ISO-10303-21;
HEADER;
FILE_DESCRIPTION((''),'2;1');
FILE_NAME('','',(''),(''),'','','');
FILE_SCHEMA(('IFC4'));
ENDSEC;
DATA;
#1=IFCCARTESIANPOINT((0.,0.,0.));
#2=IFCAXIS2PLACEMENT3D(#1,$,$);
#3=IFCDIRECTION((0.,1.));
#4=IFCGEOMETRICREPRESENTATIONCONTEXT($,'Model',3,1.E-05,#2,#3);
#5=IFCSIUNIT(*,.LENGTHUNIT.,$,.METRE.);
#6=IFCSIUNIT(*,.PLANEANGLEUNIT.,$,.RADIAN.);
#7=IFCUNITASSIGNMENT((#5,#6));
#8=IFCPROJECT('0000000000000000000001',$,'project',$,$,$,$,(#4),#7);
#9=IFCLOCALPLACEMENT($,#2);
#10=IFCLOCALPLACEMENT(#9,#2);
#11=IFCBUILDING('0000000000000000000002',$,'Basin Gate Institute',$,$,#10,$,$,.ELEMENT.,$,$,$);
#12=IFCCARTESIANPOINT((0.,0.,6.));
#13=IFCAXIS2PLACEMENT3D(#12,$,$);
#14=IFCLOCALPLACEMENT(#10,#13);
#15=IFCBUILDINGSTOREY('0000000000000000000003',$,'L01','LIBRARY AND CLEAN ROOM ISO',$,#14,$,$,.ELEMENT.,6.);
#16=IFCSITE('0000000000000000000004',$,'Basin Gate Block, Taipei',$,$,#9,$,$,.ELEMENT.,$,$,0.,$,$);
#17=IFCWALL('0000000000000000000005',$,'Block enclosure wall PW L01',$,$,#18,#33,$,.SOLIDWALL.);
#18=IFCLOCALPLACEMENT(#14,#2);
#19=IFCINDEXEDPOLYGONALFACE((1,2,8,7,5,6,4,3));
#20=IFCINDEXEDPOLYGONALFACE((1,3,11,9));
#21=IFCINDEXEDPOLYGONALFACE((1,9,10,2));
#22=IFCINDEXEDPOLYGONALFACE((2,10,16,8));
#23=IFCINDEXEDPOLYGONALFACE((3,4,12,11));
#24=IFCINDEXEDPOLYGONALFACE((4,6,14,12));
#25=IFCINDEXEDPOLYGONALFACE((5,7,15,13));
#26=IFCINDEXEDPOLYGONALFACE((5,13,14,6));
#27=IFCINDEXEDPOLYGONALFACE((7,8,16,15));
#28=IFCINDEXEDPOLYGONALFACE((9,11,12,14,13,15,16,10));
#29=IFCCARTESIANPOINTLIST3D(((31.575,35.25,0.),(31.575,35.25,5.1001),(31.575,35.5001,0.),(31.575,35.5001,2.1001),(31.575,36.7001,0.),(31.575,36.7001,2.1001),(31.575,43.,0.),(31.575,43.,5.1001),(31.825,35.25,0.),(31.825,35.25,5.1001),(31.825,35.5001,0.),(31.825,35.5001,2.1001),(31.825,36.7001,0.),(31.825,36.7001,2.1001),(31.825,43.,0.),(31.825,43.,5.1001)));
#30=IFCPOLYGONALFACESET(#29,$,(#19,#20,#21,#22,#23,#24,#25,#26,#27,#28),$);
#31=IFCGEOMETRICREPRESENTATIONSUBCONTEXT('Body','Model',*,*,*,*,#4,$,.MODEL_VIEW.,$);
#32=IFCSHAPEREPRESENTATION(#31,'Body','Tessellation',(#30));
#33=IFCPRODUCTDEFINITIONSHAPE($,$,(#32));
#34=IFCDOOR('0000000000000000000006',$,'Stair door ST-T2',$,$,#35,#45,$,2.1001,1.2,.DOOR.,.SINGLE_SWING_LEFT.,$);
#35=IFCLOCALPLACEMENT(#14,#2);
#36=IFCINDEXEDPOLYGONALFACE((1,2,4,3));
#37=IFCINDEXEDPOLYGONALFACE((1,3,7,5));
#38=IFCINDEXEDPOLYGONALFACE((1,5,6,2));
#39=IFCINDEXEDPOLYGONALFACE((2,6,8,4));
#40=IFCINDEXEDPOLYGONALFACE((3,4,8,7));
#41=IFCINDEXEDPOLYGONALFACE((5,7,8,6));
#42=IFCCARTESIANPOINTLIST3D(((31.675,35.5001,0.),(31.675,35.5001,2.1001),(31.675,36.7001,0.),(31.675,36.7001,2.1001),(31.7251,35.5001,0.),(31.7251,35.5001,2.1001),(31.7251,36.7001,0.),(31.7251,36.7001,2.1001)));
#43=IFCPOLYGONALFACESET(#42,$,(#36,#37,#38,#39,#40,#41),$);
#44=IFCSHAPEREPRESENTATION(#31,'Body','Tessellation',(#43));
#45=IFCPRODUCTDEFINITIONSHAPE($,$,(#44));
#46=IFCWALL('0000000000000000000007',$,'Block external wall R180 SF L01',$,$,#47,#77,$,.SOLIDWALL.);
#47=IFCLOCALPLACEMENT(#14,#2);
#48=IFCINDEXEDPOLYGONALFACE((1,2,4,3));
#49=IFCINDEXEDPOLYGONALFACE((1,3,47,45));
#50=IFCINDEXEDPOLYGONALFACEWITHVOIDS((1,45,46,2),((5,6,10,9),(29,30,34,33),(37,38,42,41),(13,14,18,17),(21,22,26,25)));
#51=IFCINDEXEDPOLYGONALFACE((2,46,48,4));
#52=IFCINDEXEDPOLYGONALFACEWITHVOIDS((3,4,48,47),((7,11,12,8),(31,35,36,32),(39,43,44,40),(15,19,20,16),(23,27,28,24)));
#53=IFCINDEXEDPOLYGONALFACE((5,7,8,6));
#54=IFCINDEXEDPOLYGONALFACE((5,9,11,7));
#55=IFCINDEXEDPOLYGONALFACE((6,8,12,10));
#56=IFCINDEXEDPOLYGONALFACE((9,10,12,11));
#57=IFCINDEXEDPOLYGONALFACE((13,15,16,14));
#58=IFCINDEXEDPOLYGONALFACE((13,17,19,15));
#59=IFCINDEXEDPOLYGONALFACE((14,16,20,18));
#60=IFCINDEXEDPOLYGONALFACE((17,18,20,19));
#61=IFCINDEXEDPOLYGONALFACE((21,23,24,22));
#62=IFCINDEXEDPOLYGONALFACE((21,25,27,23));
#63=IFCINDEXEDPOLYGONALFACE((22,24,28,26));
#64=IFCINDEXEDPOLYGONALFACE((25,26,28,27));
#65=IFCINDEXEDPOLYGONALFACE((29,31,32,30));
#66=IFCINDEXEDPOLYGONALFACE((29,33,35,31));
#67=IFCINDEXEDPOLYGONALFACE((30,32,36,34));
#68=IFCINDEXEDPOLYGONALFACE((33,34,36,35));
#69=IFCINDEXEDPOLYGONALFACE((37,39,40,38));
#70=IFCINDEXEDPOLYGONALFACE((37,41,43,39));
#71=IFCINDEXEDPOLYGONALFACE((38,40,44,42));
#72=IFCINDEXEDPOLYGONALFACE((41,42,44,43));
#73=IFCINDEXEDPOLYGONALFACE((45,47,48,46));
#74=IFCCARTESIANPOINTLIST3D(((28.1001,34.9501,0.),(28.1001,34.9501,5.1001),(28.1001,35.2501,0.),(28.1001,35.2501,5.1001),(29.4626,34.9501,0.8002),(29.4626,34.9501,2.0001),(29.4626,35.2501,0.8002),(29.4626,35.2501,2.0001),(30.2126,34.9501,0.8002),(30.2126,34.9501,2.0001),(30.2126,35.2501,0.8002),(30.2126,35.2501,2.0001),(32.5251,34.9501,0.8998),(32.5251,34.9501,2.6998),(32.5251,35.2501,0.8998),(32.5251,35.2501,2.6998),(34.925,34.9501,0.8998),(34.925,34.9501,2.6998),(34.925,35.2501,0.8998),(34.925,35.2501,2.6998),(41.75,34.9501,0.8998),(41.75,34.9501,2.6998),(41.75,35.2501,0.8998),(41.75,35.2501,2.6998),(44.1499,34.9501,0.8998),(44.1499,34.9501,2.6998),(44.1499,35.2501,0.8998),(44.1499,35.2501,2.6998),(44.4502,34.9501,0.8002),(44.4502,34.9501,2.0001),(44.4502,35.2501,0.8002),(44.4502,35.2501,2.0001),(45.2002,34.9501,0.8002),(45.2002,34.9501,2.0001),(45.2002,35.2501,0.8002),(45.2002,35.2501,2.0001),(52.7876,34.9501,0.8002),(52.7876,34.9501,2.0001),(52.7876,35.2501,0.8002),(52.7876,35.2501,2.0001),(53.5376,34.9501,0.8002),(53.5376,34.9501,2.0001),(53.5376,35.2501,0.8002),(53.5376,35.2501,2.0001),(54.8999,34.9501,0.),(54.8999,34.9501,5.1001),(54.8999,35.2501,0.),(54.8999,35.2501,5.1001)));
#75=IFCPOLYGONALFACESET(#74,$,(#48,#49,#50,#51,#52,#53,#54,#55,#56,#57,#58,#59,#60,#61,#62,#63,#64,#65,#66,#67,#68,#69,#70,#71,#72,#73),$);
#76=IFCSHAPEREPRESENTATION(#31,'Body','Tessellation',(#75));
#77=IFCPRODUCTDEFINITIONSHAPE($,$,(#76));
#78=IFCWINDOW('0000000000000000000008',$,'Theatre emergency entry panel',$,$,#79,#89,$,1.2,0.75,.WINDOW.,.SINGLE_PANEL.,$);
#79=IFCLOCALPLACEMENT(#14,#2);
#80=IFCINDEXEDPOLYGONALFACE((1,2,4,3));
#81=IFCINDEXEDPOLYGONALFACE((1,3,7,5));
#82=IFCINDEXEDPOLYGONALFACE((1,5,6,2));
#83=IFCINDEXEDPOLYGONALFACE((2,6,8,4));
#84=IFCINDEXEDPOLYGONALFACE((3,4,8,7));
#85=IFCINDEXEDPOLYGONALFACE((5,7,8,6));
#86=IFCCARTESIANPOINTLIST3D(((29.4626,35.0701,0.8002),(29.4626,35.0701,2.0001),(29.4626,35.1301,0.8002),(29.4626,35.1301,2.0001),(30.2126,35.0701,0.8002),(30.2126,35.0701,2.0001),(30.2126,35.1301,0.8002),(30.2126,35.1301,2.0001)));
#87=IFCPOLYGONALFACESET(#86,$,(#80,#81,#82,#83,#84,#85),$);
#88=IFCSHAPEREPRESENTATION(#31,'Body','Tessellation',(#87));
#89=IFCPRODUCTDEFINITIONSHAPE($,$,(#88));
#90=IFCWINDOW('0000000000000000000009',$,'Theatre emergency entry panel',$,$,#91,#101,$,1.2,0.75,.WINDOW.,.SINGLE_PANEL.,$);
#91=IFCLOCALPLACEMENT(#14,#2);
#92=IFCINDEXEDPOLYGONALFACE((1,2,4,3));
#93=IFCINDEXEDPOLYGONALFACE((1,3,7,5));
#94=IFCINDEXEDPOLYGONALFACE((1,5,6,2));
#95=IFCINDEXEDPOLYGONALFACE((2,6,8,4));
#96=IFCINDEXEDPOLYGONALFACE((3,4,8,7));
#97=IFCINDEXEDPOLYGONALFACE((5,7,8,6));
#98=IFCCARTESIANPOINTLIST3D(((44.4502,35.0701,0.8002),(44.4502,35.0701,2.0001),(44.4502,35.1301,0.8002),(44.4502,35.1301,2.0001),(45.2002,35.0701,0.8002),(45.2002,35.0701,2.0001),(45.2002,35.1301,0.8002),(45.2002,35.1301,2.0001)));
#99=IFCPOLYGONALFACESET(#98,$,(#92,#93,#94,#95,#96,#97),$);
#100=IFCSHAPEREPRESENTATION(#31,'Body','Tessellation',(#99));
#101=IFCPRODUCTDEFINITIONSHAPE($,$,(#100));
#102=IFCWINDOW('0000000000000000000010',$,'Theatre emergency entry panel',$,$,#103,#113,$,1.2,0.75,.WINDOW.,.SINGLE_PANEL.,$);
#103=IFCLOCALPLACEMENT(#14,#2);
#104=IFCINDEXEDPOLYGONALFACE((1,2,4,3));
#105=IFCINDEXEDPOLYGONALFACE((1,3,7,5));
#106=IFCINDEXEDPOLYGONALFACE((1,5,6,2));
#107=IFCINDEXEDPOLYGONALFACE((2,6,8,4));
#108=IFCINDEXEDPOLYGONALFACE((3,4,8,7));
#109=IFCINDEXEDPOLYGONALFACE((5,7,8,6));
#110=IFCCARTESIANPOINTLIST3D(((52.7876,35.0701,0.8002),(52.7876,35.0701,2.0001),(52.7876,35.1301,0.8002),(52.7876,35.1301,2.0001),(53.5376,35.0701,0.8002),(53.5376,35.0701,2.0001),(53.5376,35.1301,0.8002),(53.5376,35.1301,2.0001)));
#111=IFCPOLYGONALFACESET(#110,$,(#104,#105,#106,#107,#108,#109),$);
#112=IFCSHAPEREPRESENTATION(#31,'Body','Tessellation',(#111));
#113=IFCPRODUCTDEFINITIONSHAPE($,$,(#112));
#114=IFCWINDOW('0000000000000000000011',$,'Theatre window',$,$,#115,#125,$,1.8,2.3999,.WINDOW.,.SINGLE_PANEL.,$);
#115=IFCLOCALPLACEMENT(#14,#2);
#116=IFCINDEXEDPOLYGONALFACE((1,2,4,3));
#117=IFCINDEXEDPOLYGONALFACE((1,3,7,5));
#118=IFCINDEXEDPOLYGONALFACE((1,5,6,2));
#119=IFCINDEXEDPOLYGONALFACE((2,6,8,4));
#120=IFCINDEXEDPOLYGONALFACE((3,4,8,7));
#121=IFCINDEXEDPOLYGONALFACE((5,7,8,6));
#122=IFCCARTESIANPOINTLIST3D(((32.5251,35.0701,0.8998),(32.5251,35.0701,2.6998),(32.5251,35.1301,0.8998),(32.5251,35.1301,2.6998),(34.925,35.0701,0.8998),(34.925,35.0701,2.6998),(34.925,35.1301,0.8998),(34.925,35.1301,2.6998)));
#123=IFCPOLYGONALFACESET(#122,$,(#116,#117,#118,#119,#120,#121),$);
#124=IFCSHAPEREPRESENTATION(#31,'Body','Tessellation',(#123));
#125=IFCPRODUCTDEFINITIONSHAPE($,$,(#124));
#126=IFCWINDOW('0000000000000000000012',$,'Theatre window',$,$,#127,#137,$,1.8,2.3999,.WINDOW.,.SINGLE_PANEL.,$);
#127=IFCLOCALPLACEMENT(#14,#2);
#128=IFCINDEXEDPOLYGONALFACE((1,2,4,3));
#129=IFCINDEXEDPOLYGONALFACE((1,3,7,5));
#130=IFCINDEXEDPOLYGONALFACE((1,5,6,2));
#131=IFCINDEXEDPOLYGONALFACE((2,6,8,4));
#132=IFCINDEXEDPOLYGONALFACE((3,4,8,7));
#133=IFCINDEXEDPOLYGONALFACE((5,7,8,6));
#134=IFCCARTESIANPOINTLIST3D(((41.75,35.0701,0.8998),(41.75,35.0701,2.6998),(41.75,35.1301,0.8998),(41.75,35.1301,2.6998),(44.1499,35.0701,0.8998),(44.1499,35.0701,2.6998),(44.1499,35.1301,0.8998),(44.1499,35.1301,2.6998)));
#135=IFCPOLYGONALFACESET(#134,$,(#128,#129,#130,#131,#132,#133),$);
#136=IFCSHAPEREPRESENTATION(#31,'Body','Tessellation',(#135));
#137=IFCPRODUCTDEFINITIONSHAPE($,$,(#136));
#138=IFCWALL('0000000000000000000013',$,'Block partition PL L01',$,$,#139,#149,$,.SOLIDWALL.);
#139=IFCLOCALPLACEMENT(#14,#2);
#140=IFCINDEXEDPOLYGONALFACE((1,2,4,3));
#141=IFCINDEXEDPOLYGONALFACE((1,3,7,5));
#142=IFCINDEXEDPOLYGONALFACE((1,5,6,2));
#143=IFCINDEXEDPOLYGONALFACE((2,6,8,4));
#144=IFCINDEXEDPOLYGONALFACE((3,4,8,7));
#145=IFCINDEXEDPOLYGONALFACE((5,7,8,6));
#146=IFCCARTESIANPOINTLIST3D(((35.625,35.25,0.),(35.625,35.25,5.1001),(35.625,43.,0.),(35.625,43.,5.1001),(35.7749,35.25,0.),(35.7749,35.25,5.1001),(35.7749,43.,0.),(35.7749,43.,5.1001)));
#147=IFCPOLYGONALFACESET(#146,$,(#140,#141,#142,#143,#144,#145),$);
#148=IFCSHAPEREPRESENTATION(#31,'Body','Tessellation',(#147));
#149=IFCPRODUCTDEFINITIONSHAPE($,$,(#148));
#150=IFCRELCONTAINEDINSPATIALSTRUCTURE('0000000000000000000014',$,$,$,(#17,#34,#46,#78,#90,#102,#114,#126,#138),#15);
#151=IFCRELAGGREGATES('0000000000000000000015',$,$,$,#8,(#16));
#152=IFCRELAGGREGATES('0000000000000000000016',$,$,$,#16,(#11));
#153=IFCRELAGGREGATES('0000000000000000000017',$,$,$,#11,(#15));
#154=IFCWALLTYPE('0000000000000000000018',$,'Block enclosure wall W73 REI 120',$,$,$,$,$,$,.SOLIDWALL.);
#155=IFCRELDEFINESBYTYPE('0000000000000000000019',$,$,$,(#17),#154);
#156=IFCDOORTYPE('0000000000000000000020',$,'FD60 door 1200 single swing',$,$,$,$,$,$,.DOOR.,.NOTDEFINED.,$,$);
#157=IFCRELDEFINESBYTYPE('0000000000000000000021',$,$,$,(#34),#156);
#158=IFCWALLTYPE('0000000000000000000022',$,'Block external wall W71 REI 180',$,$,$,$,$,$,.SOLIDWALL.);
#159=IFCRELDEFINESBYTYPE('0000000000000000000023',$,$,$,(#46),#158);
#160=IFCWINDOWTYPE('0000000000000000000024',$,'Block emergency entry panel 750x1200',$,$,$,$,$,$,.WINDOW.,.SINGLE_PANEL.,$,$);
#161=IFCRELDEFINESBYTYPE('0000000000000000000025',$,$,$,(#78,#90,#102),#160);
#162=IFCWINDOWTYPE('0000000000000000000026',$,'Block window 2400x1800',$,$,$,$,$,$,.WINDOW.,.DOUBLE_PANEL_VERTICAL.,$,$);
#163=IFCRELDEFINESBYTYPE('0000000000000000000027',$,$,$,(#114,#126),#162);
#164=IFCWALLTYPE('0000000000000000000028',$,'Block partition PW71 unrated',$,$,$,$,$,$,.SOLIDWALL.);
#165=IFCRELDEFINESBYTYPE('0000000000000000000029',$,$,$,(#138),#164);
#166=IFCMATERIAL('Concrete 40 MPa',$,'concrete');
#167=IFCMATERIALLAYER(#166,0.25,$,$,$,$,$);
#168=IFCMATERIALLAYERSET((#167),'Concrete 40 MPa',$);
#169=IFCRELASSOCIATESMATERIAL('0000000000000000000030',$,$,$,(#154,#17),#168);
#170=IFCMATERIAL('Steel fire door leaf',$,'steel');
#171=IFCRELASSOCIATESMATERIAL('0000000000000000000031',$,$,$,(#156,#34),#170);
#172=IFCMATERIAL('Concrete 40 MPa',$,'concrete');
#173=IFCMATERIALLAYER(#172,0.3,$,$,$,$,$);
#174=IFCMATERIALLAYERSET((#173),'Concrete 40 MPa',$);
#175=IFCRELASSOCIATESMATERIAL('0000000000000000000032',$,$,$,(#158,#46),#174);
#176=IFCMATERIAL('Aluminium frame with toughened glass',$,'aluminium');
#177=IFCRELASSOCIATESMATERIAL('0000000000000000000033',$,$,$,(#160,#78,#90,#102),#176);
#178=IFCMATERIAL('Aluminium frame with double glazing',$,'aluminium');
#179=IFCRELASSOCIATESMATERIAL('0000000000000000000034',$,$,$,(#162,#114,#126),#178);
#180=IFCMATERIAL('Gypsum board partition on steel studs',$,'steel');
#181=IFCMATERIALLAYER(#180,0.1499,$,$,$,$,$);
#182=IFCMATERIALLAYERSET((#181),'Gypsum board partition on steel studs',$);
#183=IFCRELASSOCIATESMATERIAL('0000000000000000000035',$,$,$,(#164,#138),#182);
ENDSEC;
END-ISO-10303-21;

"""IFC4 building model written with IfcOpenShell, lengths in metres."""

from ifc_helpers import new_model, si_unit, direction, frame, frame_2d, origin, place, context, subcontext, project, spatial, rectangle, extrude, material, layer, layer_set, type_object, element, fill, save


model = new_model("IFC4")

# Units and contexts
model_context = context("Model", 3, precision=1e-05, world=origin(), true_north=direction((0.0, 1.0)))
body_context = subcontext(model_context, "Body", "Model", "MODEL_VIEW")
ifc_project = project(units=[si_unit("LENGTHUNIT", "METRE"), si_unit("PLANEANGLEUNIT", "RADIAN")], contexts=[model_context])

# Site, building, storey
site_placement = place(None, origin())
site = spatial("IfcSite", under=ifc_project, at=site_placement, Name="Basin Gate Block, Taipei", CompositionType="ELEMENT", RefElevation=0.0)
building_placement = place(site_placement, origin())
building = spatial("IfcBuilding", under=site, at=building_placement, Name="Basin Gate Institute", CompositionType="ELEMENT")
storey_placement = place(building_placement, frame((0.0, 0.0, 6.0)))
storey = spatial("IfcBuildingStorey", under=building, at=storey_placement, Name="L01", Description="LIBRARY AND CLEAN ROOM ISO", CompositionType="ELEMENT", Elevation=6.0)

# Wall, opening, door
ifc_material_1 = material(Name="Concrete 40 MPa", Category="concrete")
ifc_layer_1 = layer(ifc_material_1, 0.25)
ifc_layer_set_1 = layer_set([ifc_layer_1], Name="Concrete 40 MPa")
wall_type_1 = type_object("IfcWallType", Name="Block enclosure wall W73 REI 120", PredefinedType="SOLIDWALL", material=ifc_layer_set_1)
wall_1_placement = place(storey_placement, frame((31.7, 35.25, 0.0), z_axis=(0.0, 0.0, 1.0), x_axis=(0.0, 1.0, 0.0)))
wall_1 = element("IfcWall", 1, at=wall_1_placement, inside=storey, type_object=wall_type_1, material=ifc_layer_set_1, Name="Block enclosure wall PW L01", PredefinedType="SOLIDWALL", context=body_context, shape_type="SweptSolid", body=[
    extrude(rectangle(XDim=7.75, YDim=0.25, at=frame_2d((3.875, 0.0))), origin(), (0.0, 0.0, 1.0), 5.1001),
])
opening_1_placement = place(wall_1_placement, frame((0.25, 0.0, 0.0)))
opening_1 = element("IfcOpeningElement", 2, at=opening_1_placement, cuts=wall_1, PredefinedType="OPENING", context=body_context, shape_type="SweptSolid", body=[
    extrude(rectangle(XDim=1.2, YDim=2.1001, at=frame_2d((0.6001, 1.05))), frame((0.0, 0.135, 0.0), z_axis=(0.0, -1.0, 0.0), x_axis=(1.0, 0.0, 0.0)), (0.0, 0.0, 1.0), 0.27),
])
ifc_material_2 = material(Name="Steel fire door leaf", Category="steel")
door_type = type_object("IfcDoorType", Name="FD60 door 1200 single swing", OperationType="NOTDEFINED", PredefinedType="DOOR", material=ifc_material_2)
door_placement = place(opening_1_placement, origin())
door = element("IfcDoor", 3, at=door_placement, inside=storey, type_object=door_type, material=ifc_material_2, Name="Stair door ST-T2", OperationType="SINGLE_SWING_LEFT", OverallHeight=2.1001, OverallWidth=1.2, PredefinedType="DOOR", context=body_context, shape_type="SweptSolid", body=[
    extrude(rectangle(XDim=1.2, YDim=2.1001, at=frame_2d((0.6001, 1.05))), frame((0.0, 0.0249, 0.0), z_axis=(0.0, -1.0, 0.0), x_axis=(1.0, 0.0, 0.0)), (0.0, 0.0, 1.0), 0.05),
])
fill(opening_1, door)

# Wall, openings, windows
ifc_material_3 = material(Name="Concrete 40 MPa", Category="concrete")
ifc_layer_2 = layer(ifc_material_3, 0.3)
ifc_layer_set_2 = layer_set([ifc_layer_2], Name="Concrete 40 MPa")
wall_type_2 = type_object("IfcWallType", Name="Block external wall W71 REI 180", PredefinedType="SOLIDWALL", material=ifc_layer_set_2)
wall_2_placement = place(storey_placement, frame((28.1001, 35.1001, 0.0), z_axis=(0.0, 0.0, 1.0), x_axis=(1.0, 0.0, 0.0)))
wall_2 = element("IfcWall", 4, at=wall_2_placement, inside=storey, type_object=wall_type_2, material=ifc_layer_set_2, Name="Block external wall R180 SF L01", PredefinedType="SOLIDWALL", context=body_context, shape_type="SweptSolid", body=[
    extrude(rectangle(XDim=26.7998, YDim=0.3, at=frame_2d((13.3999, 0.0))), origin(), (0.0, 0.0, 1.0), 5.1001),
])
opening_2_placement = place(wall_2_placement, frame((1.3625, 0.0, 0.8)))
opening_2 = element("IfcOpeningElement", 5, at=opening_2_placement, cuts=wall_2, PredefinedType="OPENING", context=body_context, shape_type="SweptSolid", body=[
    extrude(rectangle(XDim=0.75, YDim=1.2, at=frame_2d((0.375, 0.6001))), frame((0.0, 0.1602, 0.0), z_axis=(0.0, -1.0, 0.0), x_axis=(1.0, 0.0, 0.0)), (0.0, 0.0, 1.0), 0.3201),
])
opening_3_placement = place(wall_2_placement, frame((4.425, 0.0, 0.8999)))
opening_3 = element("IfcOpeningElement", 6, at=opening_3_placement, cuts=wall_2, PredefinedType="OPENING", context=body_context, shape_type="SweptSolid", body=[
    extrude(rectangle(XDim=2.3999, YDim=1.8, at=frame_2d((1.2, 0.8999))), frame((0.0, 0.1602, 0.0), z_axis=(0.0, -1.0, 0.0), x_axis=(1.0, 0.0, 0.0)), (0.0, 0.0, 1.0), 0.3201),
])
opening_4_placement = place(wall_2_placement, frame((13.6499, 0.0, 0.8999)))
opening_4 = element("IfcOpeningElement", 7, at=opening_4_placement, cuts=wall_2, PredefinedType="OPENING", context=body_context, shape_type="SweptSolid", body=[
    extrude(rectangle(XDim=2.3999, YDim=1.8, at=frame_2d((1.2, 0.8999))), frame((0.0, 0.1602, 0.0), z_axis=(0.0, -1.0, 0.0), x_axis=(1.0, 0.0, 0.0)), (0.0, 0.0, 1.0), 0.3201),
])
opening_5_placement = place(wall_2_placement, frame((16.3501, 0.0, 0.8)))
opening_5 = element("IfcOpeningElement", 8, at=opening_5_placement, cuts=wall_2, PredefinedType="OPENING", context=body_context, shape_type="SweptSolid", body=[
    extrude(rectangle(XDim=0.75, YDim=1.2, at=frame_2d((0.375, 0.6001))), frame((0.0, 0.1602, 0.0), z_axis=(0.0, -1.0, 0.0), x_axis=(1.0, 0.0, 0.0)), (0.0, 0.0, 1.0), 0.3201),
])
opening_6_placement = place(wall_2_placement, frame((24.6875, 0.0, 0.8)))
opening_6 = element("IfcOpeningElement", 9, at=opening_6_placement, cuts=wall_2, PredefinedType="OPENING", context=body_context, shape_type="SweptSolid", body=[
    extrude(rectangle(XDim=0.75, YDim=1.2, at=frame_2d((0.375, 0.6001))), frame((0.0, 0.1602, 0.0), z_axis=(0.0, -1.0, 0.0), x_axis=(1.0, 0.0, 0.0)), (0.0, 0.0, 1.0), 0.3201),
])
ifc_material_4 = material(Name="Aluminium frame with toughened glass", Category="aluminium")
window_type_1 = type_object("IfcWindowType", Name="Block emergency entry panel 750x1200", PartitioningType="SINGLE_PANEL", PredefinedType="WINDOW", material=ifc_material_4)
window_1_placement = place(opening_2_placement, origin())
window_1 = element("IfcWindow", 10, at=window_1_placement, inside=storey, type_object=window_type_1, material=ifc_material_4, Name="Theatre emergency entry panel", OverallHeight=1.2, OverallWidth=0.75, PartitioningType="SINGLE_PANEL", PredefinedType="WINDOW", context=body_context, shape_type="SweptSolid", body=[
    extrude(rectangle(XDim=0.75, YDim=1.2, at=frame_2d((0.375, 0.6001))), frame((0.0, 0.03, 0.0), z_axis=(0.0, -1.0, 0.0), x_axis=(1.0, 0.0, 0.0)), (0.0, 0.0, 1.0), 0.0601),
])
fill(opening_2, window_1)
window_2_placement = place(opening_5_placement, origin())
window_2 = element("IfcWindow", 11, at=window_2_placement, inside=storey, type_object=window_type_1, material=ifc_material_4, Name="Theatre emergency entry panel", OverallHeight=1.2, OverallWidth=0.75, PartitioningType="SINGLE_PANEL", PredefinedType="WINDOW", context=body_context, shape_type="SweptSolid", body=[
    extrude(rectangle(XDim=0.75, YDim=1.2, at=frame_2d((0.375, 0.6001))), frame((0.0, 0.03, 0.0), z_axis=(0.0, -1.0, 0.0), x_axis=(1.0, 0.0, 0.0)), (0.0, 0.0, 1.0), 0.0601),
])
fill(opening_5, window_2)
window_3_placement = place(opening_6_placement, origin())
window_3 = element("IfcWindow", 12, at=window_3_placement, inside=storey, type_object=window_type_1, material=ifc_material_4, Name="Theatre emergency entry panel", OverallHeight=1.2, OverallWidth=0.75, PartitioningType="SINGLE_PANEL", PredefinedType="WINDOW", context=body_context, shape_type="SweptSolid", body=[
    extrude(rectangle(XDim=0.75, YDim=1.2, at=frame_2d((0.375, 0.6001))), frame((0.0, 0.03, 0.0), z_axis=(0.0, -1.0, 0.0), x_axis=(1.0, 0.0, 0.0)), (0.0, 0.0, 1.0), 0.0601),
])
fill(opening_6, window_3)
ifc_material_5 = material(Name="Aluminium frame with double glazing", Category="aluminium")
window_type_2 = type_object("IfcWindowType", Name="Block window 2400x1800", PartitioningType="DOUBLE_PANEL_VERTICAL", PredefinedType="WINDOW", material=ifc_material_5)
window_4_placement = place(opening_3_placement, origin())
window_4 = element("IfcWindow", 13, at=window_4_placement, inside=storey, type_object=window_type_2, material=ifc_material_5, Name="Theatre window", OverallHeight=1.8, OverallWidth=2.3999, PartitioningType="SINGLE_PANEL", PredefinedType="WINDOW", context=body_context, shape_type="SweptSolid", body=[
    extrude(rectangle(XDim=2.3999, YDim=1.8, at=frame_2d((1.2, 0.8999))), frame((0.0, 0.03, 0.0), z_axis=(0.0, -1.0, 0.0), x_axis=(1.0, 0.0, 0.0)), (0.0, 0.0, 1.0), 0.0601),
])
fill(opening_3, window_4)
window_5_placement = place(opening_4_placement, origin())
window_5 = element("IfcWindow", 14, at=window_5_placement, inside=storey, type_object=window_type_2, material=ifc_material_5, Name="Theatre window", OverallHeight=1.8, OverallWidth=2.3999, PartitioningType="SINGLE_PANEL", PredefinedType="WINDOW", context=body_context, shape_type="SweptSolid", body=[
    extrude(rectangle(XDim=2.3999, YDim=1.8, at=frame_2d((1.2, 0.8999))), frame((0.0, 0.03, 0.0), z_axis=(0.0, -1.0, 0.0), x_axis=(1.0, 0.0, 0.0)), (0.0, 0.0, 1.0), 0.0601),
])
fill(opening_4, window_5)

# Wall
ifc_material_6 = material(Name="Gypsum board partition on steel studs", Category="steel")
ifc_layer_3 = layer(ifc_material_6, 0.1499)
ifc_layer_set_3 = layer_set([ifc_layer_3], Name="Gypsum board partition on steel studs")
wall_type_3 = type_object("IfcWallType", Name="Block partition PW71 unrated", PredefinedType="SOLIDWALL", material=ifc_layer_set_3)
wall_3_placement = place(storey_placement, frame((35.7, 35.25, 0.0), z_axis=(0.0, 0.0, 1.0), x_axis=(0.0, 1.0, 0.0)))
element("IfcWall", 15, at=wall_3_placement, inside=storey, type_object=wall_type_3, material=ifc_layer_set_3, Name="Block partition PL L01", PredefinedType="SOLIDWALL", context=body_context, shape_type="SweptSolid", body=[
    extrude(rectangle(XDim=7.75, YDim=0.1499, at=frame_2d((3.875, 0.0))), origin(), (0.0, 0.0, 1.0), 5.1001),
])

save(model, "model.ifc")
